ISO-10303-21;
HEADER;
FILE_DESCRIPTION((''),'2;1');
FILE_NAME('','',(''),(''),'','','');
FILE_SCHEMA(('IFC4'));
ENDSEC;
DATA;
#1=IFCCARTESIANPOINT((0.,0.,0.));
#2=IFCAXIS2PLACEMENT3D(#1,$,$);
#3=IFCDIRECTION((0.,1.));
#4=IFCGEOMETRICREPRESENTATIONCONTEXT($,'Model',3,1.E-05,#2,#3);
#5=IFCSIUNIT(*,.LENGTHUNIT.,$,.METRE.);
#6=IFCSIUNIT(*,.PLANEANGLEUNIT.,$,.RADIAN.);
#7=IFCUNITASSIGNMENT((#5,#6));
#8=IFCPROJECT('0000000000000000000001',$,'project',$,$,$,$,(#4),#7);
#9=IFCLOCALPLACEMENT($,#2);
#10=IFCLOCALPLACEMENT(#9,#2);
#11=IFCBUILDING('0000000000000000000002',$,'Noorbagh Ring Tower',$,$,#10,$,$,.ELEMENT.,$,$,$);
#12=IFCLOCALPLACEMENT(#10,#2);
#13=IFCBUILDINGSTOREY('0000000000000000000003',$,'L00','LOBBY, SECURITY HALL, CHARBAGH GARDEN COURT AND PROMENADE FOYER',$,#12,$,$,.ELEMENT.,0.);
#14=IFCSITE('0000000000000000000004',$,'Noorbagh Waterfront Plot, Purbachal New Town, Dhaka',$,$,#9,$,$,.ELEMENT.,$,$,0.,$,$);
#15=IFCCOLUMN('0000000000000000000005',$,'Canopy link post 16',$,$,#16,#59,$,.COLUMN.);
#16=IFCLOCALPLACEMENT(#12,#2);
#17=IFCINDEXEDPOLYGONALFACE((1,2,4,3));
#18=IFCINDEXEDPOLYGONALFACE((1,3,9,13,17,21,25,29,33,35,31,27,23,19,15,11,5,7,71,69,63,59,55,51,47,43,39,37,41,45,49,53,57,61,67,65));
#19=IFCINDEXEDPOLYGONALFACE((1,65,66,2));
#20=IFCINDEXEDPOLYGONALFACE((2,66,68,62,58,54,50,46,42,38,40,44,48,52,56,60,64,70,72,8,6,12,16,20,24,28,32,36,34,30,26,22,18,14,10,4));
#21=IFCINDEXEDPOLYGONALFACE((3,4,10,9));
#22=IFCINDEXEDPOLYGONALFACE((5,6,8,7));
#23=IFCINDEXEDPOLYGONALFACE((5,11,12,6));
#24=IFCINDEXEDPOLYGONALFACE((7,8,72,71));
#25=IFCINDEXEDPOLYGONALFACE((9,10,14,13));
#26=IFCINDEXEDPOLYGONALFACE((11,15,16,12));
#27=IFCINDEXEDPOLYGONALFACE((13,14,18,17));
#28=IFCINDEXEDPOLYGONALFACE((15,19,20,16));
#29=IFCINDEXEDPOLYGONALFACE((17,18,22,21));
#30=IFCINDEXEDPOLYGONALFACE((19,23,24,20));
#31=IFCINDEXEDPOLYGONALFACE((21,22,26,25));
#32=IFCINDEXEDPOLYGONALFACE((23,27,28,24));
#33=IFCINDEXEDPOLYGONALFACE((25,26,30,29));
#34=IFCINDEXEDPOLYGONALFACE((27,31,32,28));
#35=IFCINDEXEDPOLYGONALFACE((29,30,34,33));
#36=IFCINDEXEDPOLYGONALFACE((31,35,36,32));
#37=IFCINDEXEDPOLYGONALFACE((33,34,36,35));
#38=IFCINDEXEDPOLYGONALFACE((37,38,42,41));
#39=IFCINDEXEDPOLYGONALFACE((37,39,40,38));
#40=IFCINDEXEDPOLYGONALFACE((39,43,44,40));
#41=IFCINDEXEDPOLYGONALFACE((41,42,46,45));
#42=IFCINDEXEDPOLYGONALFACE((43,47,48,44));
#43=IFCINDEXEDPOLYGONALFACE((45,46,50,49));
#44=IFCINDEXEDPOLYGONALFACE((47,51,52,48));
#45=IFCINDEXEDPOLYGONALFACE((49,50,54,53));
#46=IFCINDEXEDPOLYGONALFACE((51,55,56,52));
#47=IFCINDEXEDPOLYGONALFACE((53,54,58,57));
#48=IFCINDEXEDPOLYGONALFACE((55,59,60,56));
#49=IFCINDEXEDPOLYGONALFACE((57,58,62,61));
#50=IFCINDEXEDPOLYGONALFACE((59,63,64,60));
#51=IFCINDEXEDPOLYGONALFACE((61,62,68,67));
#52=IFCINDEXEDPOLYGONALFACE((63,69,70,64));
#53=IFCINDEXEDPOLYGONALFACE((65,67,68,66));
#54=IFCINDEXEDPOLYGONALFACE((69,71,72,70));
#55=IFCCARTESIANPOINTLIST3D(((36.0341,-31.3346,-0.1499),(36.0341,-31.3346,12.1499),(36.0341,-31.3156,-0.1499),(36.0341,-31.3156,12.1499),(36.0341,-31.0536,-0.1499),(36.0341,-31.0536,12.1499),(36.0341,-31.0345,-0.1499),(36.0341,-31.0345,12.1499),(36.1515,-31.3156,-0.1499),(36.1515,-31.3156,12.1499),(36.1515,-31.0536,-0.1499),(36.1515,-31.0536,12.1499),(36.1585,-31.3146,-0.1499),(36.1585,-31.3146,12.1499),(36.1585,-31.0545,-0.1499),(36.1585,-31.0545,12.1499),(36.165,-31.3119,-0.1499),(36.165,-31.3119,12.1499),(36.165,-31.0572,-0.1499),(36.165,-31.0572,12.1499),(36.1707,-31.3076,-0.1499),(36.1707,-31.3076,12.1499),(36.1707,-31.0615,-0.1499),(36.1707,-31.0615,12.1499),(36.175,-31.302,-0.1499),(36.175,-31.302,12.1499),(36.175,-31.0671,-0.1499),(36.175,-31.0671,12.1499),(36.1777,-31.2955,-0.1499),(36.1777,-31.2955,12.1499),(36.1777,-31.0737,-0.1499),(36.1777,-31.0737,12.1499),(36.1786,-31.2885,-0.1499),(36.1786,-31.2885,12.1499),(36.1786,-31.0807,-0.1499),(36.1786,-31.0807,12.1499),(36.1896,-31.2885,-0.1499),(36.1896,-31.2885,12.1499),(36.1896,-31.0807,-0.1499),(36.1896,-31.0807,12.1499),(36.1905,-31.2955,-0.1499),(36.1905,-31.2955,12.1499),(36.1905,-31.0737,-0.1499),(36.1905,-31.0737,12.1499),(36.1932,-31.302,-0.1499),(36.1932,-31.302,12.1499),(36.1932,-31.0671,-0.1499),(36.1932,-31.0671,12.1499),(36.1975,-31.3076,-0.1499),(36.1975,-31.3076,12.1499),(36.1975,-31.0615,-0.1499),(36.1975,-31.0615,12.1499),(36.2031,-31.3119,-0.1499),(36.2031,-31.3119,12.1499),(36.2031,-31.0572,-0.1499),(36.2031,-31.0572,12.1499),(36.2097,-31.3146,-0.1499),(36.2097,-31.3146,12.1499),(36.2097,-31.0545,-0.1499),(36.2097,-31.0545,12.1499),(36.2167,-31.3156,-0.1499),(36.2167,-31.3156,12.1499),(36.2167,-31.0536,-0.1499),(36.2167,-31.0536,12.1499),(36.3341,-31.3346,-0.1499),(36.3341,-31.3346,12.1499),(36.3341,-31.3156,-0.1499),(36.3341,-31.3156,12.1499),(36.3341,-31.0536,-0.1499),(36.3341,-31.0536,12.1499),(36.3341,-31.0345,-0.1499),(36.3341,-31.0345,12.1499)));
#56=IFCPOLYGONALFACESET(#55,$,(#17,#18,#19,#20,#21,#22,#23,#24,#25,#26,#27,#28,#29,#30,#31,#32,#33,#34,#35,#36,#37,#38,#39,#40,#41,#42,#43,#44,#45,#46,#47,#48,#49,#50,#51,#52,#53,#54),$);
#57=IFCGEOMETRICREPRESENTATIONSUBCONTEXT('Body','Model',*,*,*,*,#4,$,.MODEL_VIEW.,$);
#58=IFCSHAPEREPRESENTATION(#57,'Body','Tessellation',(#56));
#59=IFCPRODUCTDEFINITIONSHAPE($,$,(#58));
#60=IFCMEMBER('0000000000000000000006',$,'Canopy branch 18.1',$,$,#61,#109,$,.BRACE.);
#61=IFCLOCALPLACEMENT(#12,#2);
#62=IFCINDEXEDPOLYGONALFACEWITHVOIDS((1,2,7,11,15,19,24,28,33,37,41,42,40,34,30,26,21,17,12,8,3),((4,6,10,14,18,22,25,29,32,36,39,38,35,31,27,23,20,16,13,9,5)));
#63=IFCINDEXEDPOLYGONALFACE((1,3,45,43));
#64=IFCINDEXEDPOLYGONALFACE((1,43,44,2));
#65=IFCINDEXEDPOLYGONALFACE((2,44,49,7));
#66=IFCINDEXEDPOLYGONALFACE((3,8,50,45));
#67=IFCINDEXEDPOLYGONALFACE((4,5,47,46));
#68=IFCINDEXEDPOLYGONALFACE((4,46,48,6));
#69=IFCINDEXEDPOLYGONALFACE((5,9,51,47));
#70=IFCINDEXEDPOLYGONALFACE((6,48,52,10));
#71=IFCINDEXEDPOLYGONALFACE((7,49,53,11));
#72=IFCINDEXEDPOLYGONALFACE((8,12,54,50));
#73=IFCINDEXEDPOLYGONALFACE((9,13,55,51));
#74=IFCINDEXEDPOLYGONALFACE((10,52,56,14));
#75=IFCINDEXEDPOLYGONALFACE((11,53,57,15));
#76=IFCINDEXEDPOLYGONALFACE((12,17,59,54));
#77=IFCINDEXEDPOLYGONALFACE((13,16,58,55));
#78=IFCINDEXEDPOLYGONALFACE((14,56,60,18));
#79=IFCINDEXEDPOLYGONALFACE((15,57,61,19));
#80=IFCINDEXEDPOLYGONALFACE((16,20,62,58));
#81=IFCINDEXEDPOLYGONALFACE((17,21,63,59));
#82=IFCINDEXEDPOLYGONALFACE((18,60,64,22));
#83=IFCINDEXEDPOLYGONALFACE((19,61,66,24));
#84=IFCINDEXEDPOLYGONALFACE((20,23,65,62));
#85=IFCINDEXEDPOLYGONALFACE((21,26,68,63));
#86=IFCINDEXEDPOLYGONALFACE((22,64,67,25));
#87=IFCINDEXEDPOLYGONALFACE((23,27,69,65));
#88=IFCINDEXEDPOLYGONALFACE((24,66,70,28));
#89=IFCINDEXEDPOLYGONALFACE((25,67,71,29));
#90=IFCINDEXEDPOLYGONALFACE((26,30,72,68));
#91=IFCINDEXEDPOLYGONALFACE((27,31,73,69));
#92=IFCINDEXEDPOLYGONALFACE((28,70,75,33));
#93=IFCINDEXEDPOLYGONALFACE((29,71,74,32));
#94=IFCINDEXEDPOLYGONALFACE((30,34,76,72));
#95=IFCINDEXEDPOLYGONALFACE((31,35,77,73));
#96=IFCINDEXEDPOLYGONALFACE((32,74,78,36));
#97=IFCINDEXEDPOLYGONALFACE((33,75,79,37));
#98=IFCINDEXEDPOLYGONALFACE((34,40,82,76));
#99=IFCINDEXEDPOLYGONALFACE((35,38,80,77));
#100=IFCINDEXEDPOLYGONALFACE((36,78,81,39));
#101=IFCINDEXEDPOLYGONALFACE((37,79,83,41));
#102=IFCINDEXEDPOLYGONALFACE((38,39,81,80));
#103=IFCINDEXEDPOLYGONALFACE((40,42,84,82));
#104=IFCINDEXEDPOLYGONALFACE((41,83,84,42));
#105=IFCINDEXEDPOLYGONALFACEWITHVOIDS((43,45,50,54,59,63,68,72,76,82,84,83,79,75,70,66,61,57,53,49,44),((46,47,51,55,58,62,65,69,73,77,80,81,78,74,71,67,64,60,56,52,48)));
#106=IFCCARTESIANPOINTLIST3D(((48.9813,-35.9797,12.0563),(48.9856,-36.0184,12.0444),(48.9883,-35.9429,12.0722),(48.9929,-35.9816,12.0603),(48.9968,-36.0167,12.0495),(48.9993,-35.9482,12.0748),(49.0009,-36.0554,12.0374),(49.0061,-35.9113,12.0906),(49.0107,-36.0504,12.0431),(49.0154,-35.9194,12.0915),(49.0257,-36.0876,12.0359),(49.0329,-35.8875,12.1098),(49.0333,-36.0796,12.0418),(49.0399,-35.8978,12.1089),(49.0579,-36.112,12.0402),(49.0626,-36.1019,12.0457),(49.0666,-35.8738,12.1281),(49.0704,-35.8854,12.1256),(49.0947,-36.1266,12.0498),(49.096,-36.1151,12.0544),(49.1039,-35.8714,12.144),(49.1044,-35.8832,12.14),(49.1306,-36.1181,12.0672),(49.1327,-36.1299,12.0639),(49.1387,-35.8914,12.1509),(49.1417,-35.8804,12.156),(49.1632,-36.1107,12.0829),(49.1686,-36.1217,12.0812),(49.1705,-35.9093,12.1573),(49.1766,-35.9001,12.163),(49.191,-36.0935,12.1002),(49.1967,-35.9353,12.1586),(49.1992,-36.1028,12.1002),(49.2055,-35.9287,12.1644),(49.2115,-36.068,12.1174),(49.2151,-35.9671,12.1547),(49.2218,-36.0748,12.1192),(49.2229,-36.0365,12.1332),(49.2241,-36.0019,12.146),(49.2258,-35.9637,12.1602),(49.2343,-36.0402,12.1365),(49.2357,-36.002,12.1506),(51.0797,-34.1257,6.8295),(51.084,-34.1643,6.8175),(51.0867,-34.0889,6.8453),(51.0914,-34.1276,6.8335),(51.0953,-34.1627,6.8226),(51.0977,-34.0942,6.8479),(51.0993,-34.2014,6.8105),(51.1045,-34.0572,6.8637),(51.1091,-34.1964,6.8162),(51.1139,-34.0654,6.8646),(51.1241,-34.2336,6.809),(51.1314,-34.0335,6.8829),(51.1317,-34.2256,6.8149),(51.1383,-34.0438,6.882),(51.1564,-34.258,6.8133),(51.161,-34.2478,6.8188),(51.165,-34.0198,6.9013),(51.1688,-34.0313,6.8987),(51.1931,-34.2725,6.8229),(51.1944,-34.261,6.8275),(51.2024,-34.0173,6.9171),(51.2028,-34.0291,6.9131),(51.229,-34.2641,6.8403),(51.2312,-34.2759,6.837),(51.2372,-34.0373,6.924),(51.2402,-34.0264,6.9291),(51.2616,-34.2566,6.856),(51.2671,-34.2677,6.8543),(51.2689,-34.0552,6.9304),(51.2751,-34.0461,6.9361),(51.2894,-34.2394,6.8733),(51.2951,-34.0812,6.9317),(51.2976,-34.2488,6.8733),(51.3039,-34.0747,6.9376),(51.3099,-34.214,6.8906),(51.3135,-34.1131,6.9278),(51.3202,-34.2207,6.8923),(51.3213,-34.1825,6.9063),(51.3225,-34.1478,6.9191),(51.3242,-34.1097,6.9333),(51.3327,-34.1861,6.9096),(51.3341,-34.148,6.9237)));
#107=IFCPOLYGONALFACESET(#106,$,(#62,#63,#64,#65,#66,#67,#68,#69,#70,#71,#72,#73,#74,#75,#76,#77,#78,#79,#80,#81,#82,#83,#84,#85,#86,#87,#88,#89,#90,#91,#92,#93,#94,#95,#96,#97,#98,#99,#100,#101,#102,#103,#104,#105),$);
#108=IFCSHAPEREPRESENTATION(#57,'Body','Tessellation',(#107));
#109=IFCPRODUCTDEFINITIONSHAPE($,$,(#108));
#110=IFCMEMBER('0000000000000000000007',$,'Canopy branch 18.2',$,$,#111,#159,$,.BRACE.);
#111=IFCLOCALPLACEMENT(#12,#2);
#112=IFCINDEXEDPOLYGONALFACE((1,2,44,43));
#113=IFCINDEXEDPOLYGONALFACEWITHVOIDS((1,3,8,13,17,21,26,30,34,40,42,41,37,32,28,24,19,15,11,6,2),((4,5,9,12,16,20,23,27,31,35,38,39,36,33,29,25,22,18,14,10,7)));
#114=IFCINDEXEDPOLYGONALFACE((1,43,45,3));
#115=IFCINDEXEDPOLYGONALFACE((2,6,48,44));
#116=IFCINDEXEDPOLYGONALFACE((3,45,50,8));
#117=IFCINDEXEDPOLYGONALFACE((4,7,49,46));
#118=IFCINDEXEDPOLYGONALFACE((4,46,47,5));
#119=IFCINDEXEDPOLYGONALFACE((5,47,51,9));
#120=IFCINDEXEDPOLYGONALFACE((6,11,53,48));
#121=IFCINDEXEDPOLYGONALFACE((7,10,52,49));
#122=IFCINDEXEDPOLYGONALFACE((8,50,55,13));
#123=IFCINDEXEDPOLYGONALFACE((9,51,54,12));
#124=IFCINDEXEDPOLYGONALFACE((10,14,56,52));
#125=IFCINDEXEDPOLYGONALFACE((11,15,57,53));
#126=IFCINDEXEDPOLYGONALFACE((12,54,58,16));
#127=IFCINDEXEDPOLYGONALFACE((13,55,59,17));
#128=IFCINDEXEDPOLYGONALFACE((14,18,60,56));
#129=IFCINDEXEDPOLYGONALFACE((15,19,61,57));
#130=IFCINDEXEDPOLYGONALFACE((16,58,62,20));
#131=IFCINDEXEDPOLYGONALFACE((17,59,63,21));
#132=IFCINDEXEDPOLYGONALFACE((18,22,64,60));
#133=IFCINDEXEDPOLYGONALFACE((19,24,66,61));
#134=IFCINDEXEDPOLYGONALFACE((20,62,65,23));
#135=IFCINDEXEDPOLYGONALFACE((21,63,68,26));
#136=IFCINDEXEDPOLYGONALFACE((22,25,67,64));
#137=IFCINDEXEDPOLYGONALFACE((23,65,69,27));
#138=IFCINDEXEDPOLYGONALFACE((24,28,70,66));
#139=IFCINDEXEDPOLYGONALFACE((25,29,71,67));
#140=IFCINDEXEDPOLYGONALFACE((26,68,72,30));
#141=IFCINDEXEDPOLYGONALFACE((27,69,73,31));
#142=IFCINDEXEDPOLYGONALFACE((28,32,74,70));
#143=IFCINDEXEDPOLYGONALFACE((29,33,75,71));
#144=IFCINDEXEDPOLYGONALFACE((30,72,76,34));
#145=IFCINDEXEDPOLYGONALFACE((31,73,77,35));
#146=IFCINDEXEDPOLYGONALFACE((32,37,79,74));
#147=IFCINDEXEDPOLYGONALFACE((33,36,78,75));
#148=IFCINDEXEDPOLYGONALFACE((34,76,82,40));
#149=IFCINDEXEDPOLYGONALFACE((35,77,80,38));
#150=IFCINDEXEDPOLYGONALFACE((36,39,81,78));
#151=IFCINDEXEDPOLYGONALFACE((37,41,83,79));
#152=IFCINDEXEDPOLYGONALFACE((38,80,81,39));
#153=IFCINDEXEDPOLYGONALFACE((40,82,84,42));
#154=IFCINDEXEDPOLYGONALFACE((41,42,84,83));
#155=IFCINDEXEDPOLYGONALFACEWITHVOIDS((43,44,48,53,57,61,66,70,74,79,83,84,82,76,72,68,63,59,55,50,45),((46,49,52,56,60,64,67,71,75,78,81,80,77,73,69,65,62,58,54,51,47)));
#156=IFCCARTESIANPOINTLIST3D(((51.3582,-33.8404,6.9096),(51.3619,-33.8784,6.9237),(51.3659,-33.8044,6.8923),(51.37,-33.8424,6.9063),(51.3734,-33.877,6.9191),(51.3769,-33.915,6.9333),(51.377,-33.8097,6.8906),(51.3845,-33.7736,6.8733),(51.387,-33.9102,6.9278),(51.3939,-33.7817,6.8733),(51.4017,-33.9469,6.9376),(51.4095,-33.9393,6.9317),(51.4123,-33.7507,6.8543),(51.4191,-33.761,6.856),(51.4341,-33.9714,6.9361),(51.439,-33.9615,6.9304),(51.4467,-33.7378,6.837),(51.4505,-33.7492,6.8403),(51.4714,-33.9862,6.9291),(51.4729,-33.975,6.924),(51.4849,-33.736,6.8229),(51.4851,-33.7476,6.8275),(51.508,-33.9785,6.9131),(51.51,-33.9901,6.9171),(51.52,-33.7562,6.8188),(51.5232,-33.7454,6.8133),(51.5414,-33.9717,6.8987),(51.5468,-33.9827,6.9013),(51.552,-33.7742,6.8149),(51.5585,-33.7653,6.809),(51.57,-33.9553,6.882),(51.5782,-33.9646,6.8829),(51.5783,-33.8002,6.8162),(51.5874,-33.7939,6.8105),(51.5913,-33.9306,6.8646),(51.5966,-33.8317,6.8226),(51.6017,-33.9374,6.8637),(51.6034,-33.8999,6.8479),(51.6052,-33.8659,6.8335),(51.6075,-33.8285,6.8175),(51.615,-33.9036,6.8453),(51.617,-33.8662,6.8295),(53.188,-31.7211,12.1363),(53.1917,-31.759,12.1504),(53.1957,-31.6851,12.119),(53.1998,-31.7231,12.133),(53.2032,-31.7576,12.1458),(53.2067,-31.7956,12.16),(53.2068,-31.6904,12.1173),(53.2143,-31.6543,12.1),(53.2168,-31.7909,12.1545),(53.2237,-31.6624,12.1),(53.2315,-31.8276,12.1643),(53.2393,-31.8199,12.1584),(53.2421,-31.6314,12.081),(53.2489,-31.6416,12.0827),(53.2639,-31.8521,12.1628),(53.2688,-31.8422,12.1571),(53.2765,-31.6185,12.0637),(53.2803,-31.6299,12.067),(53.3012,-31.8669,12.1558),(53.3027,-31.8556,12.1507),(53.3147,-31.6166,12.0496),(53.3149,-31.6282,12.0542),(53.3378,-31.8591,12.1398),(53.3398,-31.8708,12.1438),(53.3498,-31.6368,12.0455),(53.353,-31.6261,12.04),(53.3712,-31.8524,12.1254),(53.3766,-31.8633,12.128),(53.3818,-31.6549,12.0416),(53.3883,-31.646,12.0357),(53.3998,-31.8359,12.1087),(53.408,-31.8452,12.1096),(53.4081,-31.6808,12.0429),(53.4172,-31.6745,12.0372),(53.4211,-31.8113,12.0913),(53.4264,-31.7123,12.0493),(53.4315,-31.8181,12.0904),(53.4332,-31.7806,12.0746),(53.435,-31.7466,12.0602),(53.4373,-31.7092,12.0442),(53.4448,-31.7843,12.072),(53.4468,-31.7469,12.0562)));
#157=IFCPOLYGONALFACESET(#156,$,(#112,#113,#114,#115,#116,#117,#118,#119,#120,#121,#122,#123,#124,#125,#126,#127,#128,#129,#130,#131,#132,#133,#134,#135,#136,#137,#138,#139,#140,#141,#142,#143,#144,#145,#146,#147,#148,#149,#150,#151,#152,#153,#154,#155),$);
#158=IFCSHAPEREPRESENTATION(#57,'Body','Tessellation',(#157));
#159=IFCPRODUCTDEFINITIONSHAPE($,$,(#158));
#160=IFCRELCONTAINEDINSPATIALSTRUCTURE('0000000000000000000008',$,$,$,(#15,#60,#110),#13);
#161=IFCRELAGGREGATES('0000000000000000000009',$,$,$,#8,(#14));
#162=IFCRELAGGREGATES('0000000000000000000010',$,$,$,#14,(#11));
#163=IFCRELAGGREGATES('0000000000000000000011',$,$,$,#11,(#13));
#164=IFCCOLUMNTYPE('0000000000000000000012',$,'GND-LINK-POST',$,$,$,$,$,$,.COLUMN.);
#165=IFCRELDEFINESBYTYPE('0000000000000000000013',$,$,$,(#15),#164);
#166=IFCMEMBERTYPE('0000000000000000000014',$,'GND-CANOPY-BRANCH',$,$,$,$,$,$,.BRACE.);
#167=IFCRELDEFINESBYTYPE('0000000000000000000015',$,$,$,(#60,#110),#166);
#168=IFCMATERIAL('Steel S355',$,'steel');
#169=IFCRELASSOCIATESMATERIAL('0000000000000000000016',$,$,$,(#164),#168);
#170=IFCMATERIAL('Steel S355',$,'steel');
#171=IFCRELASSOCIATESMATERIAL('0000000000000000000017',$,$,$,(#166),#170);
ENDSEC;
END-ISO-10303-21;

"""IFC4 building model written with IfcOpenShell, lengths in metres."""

from ifc_helpers import new_model, si_unit, direction, frame, origin, origin_2d, place, context, subcontext, project, spatial, hollow_circle, i_section, extrude, material, material_profile, profile_set, type_object, element, save


model = new_model("IFC4")

# Units and contexts
model_context = context("Model", 3, precision=1e-05, world=origin(), true_north=direction((0.0, 1.0)))
body_context = subcontext(model_context, "Body", "Model", "MODEL_VIEW")
ifc_project = project(units=[si_unit("LENGTHUNIT", "METRE"), si_unit("PLANEANGLEUNIT", "RADIAN")], contexts=[model_context])

# Site, building, storey
site_placement = place(None, origin())
site = spatial("IfcSite", under=ifc_project, at=site_placement, Name="Noorbagh Waterfront Plot, Purbachal New Town, Dhaka", CompositionType="ELEMENT", RefElevation=0.0)
building_placement = place(site_placement, origin())
building = spatial("IfcBuilding", under=site, at=building_placement, Name="Noorbagh Ring Tower", CompositionType="ELEMENT")
storey_placement = place(building_placement, origin())
storey = spatial("IfcBuildingStorey", under=building, at=storey_placement, Name="L00", Description="LOBBY, SECURITY HALL, CHARBAGH GARDEN COURT AND PROMENADE FOYER", CompositionType="ELEMENT", Elevation=0.0)

# Column
ifc_material_1 = material(Name="Steel S355", Category="steel")
ifc_material_profile_1 = material_profile(ifc_material_1, i_section(OverallWidth=0.3, OverallDepth=0.3, WebThickness=0.011, FlangeThickness=0.019, FilletRadius=0.0271, at=origin_2d()), Name="HEB300")
ifc_profile_set_1 = profile_set([ifc_material_profile_1], Name="Steel S355")
column_type_1 = type_object("IfcColumnType", Name="GND-LINK-POST", PredefinedType="COLUMN", material=ifc_profile_set_1)
column_1_placement = place(storey_placement, frame((36.1841, -31.1846, -0.1499), z_axis=(0.0, 0.0, 1.0), x_axis=(1.0, 0.0, 0.0)))
element("IfcColumn", 1, at=column_1_placement, inside=storey, type_object=column_type_1, Name="Canopy link post 16", PredefinedType="COLUMN", context=body_context, shape_type="SweptSolid", body=[
    extrude(i_section(OverallWidth=0.3, OverallDepth=0.3, WebThickness=0.011, FlangeThickness=0.019, FilletRadius=0.0271, at=origin_2d()), origin(), (0.0, 0.0, 1.0), 12.2998),
])

# Members
ifc_material_2 = material(Name="Steel S355", Category="steel")
ifc_material_profile_2 = material_profile(ifc_material_2, hollow_circle(Radius=0.1365, WallThickness=0.0125, at=origin_2d()), Name="CHS273x12.5")
ifc_profile_set_2 = profile_set([ifc_material_profile_2], Name="Steel S355")
member_type = type_object("IfcMemberType", Name="GND-CANOPY-BRANCH", PredefinedType="BRACE", material=ifc_profile_set_2)
member_1_placement = place(storey_placement, frame((51.2073, -34.1465, 6.8733), z_axis=(-0.353884, -0.31267, 0.881478), x_axis=(0.66212, -0.749397, 0.0)))
element("IfcMember", 2, at=member_1_placement, inside=storey, type_object=member_type, Name="Canopy branch 18.1", PredefinedType="BRACE", context=body_context, shape_type="SweptSolid", body=[
    extrude(hollow_circle(Radius=0.1365, WallThickness=0.0125, at=origin_2d()), origin(), (0.0, 0.0, 1.0), 5.9297),
])
for number, where, z_axis, x_axis, name in (
    (3, (51.4878, -33.8628, 6.8733), (0.308596, 0.357427, 0.881484), (-0.756919, 0.653509, 0.0), "Canopy branch 18.2"),
):
    element("IfcMember", number, at=place(storey_placement, frame(where, z_axis=z_axis, x_axis=x_axis)), inside=storey, type_object=member_type, Name=name, PredefinedType="BRACE", context=body_context, shape_type="SweptSolid", body=[
        extrude(hollow_circle(Radius=0.1365, WallThickness=0.0125, at=origin_2d()), origin(), (0.0, 0.0, 1.0), 5.9294),
    ])

save(model, "model.ifc")
